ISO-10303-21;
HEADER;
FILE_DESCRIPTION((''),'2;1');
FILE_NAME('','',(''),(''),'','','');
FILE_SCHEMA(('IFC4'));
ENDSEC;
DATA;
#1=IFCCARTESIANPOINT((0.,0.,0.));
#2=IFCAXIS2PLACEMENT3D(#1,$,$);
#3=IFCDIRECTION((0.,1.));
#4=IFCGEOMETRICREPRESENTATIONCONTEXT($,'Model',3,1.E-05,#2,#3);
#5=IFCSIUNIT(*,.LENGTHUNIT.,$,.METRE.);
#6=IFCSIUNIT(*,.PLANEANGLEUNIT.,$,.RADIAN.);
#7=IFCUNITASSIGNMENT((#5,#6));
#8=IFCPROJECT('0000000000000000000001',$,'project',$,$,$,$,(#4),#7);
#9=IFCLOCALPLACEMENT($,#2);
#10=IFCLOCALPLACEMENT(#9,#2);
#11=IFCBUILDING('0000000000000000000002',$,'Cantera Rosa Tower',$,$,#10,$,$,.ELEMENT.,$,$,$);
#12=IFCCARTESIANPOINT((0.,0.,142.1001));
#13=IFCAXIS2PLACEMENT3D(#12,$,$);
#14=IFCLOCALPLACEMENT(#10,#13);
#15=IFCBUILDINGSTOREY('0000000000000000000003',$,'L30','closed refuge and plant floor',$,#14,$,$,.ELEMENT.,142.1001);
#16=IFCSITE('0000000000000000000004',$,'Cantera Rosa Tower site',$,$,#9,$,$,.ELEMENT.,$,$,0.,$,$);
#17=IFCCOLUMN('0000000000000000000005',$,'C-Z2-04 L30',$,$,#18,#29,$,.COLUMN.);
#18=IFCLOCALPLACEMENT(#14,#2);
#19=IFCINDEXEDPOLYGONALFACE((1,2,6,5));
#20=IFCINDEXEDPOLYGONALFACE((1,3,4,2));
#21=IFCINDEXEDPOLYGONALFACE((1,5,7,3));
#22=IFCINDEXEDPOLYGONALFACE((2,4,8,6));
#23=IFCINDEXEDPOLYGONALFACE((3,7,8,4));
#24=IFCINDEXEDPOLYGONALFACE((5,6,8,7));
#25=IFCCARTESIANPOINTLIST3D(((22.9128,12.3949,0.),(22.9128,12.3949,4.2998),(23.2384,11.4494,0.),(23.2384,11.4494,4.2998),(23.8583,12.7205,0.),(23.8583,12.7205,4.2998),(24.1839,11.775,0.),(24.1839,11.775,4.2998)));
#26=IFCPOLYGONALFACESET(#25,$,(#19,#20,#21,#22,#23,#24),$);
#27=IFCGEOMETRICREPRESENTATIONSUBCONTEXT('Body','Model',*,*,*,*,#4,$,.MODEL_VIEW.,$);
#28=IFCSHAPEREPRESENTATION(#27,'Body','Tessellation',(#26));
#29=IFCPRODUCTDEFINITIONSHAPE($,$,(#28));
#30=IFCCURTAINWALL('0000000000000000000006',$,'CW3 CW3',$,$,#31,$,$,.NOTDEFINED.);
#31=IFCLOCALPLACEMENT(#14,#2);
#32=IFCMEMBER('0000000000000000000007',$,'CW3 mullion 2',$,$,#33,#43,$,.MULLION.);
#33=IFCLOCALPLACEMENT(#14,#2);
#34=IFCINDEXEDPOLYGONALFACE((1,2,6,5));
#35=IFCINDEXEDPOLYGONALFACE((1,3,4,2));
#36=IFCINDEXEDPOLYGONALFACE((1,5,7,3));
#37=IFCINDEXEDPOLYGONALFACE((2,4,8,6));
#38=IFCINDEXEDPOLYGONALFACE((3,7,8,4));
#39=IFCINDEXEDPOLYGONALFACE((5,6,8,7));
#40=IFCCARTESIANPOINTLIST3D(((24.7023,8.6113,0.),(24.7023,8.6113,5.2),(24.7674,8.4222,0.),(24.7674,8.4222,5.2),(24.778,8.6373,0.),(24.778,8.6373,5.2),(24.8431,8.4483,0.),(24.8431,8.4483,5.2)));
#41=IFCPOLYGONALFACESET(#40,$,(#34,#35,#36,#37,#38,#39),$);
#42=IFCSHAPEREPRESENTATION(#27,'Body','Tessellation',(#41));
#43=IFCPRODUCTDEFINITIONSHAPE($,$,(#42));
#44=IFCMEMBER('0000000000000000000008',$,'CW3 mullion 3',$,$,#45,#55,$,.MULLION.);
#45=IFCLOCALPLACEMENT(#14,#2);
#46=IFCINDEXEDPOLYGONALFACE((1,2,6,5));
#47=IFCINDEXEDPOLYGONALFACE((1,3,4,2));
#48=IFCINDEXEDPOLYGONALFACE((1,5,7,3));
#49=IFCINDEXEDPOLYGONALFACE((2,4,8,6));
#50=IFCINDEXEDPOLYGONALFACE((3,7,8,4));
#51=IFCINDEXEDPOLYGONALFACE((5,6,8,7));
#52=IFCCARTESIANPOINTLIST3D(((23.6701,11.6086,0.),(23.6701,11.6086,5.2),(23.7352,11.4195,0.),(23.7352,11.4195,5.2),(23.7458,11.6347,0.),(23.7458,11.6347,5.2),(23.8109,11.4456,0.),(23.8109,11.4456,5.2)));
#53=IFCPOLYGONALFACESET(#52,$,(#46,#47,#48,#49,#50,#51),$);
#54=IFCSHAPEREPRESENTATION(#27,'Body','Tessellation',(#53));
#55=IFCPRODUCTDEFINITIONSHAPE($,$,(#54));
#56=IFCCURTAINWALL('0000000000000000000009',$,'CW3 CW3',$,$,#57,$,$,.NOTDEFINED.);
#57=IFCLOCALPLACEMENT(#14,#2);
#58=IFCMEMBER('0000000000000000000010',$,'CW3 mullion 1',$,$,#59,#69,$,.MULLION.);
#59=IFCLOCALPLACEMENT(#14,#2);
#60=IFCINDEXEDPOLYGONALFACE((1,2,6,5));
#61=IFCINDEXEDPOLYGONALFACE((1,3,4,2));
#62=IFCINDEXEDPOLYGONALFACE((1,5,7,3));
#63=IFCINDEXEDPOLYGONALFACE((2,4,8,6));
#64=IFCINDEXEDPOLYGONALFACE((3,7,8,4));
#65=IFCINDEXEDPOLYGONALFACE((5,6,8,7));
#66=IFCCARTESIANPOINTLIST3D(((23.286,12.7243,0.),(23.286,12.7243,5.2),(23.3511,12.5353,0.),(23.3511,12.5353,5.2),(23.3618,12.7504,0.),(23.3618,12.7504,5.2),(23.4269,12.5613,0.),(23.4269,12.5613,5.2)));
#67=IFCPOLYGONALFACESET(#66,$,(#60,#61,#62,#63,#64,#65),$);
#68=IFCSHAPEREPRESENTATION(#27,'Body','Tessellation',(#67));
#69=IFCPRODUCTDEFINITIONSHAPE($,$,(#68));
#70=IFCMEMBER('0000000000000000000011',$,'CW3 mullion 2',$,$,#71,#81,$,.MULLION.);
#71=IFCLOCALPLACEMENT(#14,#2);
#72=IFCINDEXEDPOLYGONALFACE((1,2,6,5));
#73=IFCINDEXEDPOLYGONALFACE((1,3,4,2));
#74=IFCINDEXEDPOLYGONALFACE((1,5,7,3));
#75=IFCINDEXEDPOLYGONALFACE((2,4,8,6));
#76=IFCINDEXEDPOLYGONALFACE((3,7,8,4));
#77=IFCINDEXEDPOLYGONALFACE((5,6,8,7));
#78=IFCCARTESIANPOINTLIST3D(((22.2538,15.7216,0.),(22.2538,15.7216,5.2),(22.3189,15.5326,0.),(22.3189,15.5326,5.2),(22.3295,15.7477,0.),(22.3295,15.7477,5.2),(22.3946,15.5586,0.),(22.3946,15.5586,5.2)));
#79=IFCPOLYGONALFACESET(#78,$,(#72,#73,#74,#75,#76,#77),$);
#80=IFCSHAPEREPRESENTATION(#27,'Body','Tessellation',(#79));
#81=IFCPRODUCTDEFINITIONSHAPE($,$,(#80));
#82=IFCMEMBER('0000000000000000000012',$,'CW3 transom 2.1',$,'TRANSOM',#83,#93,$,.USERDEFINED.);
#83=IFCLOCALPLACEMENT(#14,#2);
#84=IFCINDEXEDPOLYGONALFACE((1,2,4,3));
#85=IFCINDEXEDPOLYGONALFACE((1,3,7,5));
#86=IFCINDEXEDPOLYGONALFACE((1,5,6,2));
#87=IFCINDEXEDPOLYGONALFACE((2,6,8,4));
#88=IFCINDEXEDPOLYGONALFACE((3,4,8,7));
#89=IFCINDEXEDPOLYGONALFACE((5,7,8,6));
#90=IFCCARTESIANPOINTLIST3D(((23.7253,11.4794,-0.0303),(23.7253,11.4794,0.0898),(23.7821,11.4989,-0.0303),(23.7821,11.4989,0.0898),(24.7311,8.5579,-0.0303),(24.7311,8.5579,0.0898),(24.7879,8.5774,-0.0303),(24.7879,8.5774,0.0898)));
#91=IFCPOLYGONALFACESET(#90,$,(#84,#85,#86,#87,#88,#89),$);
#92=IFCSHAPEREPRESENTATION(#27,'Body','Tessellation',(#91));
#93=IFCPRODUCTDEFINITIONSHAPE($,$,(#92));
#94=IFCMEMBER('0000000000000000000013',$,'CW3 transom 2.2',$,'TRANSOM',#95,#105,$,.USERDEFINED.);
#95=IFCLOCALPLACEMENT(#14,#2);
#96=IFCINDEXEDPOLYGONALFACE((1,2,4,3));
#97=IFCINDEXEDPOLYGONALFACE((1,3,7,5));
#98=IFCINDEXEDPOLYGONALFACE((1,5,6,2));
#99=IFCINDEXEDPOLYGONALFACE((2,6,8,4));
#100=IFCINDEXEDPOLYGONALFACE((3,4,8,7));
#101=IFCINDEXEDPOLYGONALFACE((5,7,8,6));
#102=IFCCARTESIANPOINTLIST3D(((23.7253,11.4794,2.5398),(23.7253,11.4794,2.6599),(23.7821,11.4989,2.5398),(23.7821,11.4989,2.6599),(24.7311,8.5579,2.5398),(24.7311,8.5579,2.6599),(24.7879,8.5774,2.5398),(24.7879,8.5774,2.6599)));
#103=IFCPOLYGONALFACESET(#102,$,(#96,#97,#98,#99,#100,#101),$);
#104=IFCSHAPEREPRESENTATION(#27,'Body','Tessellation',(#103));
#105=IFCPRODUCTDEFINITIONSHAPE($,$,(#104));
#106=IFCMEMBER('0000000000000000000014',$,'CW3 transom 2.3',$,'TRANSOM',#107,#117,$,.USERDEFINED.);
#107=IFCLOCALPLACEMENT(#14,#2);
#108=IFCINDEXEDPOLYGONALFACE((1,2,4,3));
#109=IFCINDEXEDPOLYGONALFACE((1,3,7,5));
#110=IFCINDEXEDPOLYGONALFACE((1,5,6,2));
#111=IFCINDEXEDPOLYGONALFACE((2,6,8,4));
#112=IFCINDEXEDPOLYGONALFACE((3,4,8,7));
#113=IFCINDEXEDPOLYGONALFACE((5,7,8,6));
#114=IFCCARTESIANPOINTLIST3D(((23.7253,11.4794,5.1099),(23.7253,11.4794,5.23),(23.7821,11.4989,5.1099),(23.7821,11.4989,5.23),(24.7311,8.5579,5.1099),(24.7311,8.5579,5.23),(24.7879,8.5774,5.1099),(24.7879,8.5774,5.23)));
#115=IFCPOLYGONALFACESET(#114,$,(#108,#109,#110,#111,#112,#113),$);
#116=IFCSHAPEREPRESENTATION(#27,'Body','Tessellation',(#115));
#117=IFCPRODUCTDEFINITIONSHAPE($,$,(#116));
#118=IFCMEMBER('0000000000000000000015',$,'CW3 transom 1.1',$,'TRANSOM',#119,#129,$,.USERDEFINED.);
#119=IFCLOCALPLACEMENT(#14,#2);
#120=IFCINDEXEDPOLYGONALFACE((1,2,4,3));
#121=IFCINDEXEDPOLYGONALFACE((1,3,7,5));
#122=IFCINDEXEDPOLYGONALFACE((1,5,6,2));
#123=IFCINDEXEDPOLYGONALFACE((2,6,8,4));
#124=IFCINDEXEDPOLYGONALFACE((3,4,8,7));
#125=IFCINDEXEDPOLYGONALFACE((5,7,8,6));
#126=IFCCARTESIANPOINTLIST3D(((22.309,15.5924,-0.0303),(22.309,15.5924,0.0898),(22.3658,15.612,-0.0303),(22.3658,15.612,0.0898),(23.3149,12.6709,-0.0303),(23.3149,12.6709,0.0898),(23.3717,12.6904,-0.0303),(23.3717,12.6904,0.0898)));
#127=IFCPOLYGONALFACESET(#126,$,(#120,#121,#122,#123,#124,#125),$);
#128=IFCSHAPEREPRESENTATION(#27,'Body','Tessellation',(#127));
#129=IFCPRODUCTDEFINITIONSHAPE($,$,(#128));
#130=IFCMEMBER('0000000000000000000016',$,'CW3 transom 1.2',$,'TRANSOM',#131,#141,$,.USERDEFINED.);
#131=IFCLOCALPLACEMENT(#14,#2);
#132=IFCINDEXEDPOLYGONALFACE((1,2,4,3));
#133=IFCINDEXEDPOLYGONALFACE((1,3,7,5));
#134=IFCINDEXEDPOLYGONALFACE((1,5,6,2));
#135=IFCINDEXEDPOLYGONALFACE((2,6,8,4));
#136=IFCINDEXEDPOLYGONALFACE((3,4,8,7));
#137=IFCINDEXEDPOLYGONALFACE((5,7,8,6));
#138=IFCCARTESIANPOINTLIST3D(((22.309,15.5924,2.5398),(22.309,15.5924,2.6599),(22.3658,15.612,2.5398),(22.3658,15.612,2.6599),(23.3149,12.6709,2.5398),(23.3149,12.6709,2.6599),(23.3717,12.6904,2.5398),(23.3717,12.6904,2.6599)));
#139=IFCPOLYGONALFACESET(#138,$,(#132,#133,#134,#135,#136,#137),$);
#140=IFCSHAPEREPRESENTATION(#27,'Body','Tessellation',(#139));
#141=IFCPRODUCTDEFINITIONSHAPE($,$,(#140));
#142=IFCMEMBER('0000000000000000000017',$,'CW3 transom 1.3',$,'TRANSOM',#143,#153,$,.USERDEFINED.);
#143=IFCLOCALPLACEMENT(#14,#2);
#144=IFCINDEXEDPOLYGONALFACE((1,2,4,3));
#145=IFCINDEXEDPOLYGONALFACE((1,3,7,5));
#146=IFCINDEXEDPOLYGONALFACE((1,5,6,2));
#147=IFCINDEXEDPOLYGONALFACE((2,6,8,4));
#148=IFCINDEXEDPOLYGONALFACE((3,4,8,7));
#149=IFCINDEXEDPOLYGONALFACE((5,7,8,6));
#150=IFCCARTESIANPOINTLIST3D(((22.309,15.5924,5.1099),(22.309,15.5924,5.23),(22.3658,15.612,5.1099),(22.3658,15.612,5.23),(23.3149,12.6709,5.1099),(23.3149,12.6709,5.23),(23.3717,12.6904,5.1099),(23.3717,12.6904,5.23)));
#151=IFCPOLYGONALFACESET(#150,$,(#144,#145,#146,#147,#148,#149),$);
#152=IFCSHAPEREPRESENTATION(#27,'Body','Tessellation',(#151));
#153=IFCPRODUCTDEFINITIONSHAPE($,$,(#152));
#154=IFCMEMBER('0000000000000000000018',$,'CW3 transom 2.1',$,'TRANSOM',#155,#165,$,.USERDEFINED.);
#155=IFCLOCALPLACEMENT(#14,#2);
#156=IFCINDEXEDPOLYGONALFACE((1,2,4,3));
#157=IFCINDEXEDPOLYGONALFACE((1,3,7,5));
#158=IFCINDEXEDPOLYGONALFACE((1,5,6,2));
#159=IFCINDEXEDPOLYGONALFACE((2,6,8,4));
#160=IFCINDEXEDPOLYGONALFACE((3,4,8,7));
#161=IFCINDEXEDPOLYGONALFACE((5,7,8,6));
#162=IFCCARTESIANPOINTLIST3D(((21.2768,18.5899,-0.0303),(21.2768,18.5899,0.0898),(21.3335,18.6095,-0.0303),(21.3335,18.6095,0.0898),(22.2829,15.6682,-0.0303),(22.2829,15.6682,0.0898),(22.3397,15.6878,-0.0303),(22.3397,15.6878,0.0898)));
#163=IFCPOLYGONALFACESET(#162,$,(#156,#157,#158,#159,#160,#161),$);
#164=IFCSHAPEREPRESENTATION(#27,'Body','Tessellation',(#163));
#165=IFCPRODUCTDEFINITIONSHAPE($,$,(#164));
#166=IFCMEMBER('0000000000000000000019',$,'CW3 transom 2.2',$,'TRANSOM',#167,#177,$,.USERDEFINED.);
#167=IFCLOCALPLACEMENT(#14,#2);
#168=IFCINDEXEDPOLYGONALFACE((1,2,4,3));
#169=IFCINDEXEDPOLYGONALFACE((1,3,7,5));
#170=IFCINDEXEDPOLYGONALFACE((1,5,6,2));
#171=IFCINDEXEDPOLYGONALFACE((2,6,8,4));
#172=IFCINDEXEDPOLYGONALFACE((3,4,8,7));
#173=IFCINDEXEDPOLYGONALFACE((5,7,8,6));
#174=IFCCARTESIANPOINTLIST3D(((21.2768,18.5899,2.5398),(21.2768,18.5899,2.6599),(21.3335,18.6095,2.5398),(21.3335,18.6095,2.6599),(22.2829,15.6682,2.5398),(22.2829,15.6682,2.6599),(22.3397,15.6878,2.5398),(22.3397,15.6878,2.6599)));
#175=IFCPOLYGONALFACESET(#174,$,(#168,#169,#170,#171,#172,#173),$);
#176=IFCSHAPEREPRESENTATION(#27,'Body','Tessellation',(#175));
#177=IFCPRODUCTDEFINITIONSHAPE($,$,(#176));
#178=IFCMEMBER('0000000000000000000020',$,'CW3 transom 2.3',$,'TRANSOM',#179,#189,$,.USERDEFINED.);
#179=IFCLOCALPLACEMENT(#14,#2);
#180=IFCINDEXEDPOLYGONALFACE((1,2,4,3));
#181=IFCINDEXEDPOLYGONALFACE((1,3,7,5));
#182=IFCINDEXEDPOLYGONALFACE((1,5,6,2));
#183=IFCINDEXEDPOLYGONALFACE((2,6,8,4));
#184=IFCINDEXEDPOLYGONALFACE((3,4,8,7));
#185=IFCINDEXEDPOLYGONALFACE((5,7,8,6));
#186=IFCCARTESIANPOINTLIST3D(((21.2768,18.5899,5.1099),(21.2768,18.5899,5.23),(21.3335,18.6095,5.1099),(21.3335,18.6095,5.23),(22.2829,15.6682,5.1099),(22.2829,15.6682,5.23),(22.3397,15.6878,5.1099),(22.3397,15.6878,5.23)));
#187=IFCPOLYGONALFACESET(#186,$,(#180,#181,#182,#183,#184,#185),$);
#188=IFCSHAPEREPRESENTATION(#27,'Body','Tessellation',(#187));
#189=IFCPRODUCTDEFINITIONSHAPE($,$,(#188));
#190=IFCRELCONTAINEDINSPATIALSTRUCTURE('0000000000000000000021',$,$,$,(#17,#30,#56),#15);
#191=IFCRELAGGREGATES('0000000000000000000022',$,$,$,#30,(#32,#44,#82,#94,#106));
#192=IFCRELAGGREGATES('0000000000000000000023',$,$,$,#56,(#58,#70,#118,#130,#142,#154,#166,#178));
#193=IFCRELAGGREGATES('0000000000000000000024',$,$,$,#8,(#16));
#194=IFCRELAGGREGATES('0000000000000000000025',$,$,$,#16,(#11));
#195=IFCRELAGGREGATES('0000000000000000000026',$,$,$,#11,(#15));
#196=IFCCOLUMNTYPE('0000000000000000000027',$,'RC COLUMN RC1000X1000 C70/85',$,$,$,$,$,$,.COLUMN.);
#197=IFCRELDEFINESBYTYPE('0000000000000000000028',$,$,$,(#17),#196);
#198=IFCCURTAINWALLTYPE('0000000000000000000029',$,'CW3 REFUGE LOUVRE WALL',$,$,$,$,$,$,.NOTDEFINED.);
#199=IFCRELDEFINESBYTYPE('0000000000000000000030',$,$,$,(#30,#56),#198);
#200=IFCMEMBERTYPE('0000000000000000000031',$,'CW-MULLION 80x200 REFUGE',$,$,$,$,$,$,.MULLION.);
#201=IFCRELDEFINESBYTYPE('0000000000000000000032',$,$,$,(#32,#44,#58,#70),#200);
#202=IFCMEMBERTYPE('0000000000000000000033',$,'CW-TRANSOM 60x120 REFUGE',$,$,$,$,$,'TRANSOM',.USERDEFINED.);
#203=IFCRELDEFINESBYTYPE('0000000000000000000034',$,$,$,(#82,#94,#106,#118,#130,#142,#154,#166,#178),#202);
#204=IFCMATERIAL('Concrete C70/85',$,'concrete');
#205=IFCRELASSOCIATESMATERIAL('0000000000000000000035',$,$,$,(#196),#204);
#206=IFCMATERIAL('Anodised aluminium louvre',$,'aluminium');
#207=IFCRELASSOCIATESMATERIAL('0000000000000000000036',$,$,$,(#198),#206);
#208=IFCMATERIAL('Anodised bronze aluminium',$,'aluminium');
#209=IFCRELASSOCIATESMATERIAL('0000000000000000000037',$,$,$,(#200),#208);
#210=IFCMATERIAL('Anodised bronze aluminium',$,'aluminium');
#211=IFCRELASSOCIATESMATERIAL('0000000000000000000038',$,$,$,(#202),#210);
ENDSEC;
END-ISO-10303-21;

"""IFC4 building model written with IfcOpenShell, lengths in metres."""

from ifc_helpers import new_model, si_unit, direction, frame, origin, origin_2d, place, context, subcontext, project, spatial, rectangle, extrude, material, material_profile, profile_set, type_object, element, aggregate, save


model = new_model("IFC4")

# Units and contexts
model_context = context("Model", 3, precision=1e-05, world=origin(), true_north=direction((0.0, 1.0)))
body_context = subcontext(model_context, "Body", "Model", "MODEL_VIEW")
ifc_project = project(units=[si_unit("LENGTHUNIT", "METRE"), si_unit("PLANEANGLEUNIT", "RADIAN")], contexts=[model_context])

# Site, building, storey
site_placement = place(None, origin())
site = spatial("IfcSite", under=ifc_project, at=site_placement, Name="Cantera Rosa Tower site", CompositionType="ELEMENT", RefElevation=0.0)
building_placement = place(site_placement, origin())
building = spatial("IfcBuilding", under=site, at=building_placement, Name="Cantera Rosa Tower", CompositionType="ELEMENT")
storey_placement = place(building_placement, frame((0.0, 0.0, 142.1001)))
storey = spatial("IfcBuildingStorey", under=building, at=storey_placement, Name="L30", Description="closed refuge and plant floor", CompositionType="ELEMENT", Elevation=142.1001)

# Column
ifc_material_1 = material(Name="Concrete C70/85", Category="concrete")
ifc_material_profile_1 = material_profile(ifc_material_1, rectangle(XDim=1.0, YDim=1.0, at=origin_2d()), Name="RC COLUMN RC1000X1000 C70/85")
ifc_profile_set_1 = profile_set([ifc_material_profile_1], Name="Concrete C70/85")
column_type = type_object("IfcColumnType", Name="RC COLUMN RC1000X1000 C70/85", PredefinedType="COLUMN", material=ifc_profile_set_1)
column_placement = place(storey_placement, frame((23.5483, 12.085, 0.0), z_axis=(0.0, 0.0, 1.0), x_axis=(0.945519, 0.325568, 0.0)))
element("IfcColumn", 1, at=column_placement, inside=storey, type_object=column_type, Name="C-Z2-04 L30", PredefinedType="COLUMN", context=body_context, shape_type="SweptSolid", body=[
    extrude(rectangle(XDim=1.0, YDim=1.0, at=origin_2d()), origin(), (0.0, 0.0, 1.0), 4.2998),
])

# Curtain walls, members
ifc_material_2 = material(Name="Anodised aluminium louvre", Category="aluminium")
curtain_wall_type = type_object("IfcCurtainWallType", Name="CW3 REFUGE LOUVRE WALL", PredefinedType="NOTDEFINED", material=ifc_material_2)
curtain_wall_1_placement = place(storey_placement, origin())
curtain_wall_1 = element("IfcCurtainWall", 2, at=curtain_wall_1_placement, inside=storey, type_object=curtain_wall_type, Name="CW3 CW3", PredefinedType="NOTDEFINED")
ifc_material_3 = material(Name="Anodised bronze aluminium", Category="aluminium")
ifc_material_profile_2 = material_profile(ifc_material_3, rectangle(XDim=0.0801, YDim=0.2, at=origin_2d()), Name="CW-MULLION 80x200 REFUGE")
ifc_profile_set_2 = profile_set([ifc_material_profile_2], Name="Anodised bronze aluminium")
member_type_1 = type_object("IfcMemberType", Name="CW-MULLION 80x200 REFUGE", PredefinedType="MULLION", material=ifc_profile_set_2)
member_1_placement = place(storey_placement, frame((24.7727, 8.5298, 0.0), z_axis=(0.0, 0.0, 1.0), x_axis=(-0.945519, -0.325568, 0.0)))
member_1 = element("IfcMember", 3, at=member_1_placement, type_object=member_type_1, Name="CW3 mullion 2", PredefinedType="MULLION", context=body_context, shape_type="SweptSolid", body=[
    extrude(rectangle(XDim=0.0801, YDim=0.2, at=origin_2d()), origin(), (0.0, 0.0, 1.0), 5.2),
])
member_2_placement = place(storey_placement, frame((23.7405, 11.5271, 0.0), z_axis=(0.0, 0.0, 1.0), x_axis=(-0.945519, -0.325568, 0.0)))
member_2 = element("IfcMember", 4, at=member_2_placement, type_object=member_type_1, Name="CW3 mullion 3", PredefinedType="MULLION", context=body_context, shape_type="SweptSolid", body=[
    extrude(rectangle(XDim=0.0801, YDim=0.2, at=origin_2d()), origin(), (0.0, 0.0, 1.0), 5.2),
])
curtain_wall_2_placement = place(storey_placement, origin())
curtain_wall_2 = element("IfcCurtainWall", 5, at=curtain_wall_2_placement, inside=storey, type_object=curtain_wall_type, Name="CW3 CW3", PredefinedType="NOTDEFINED")
member_3_placement = place(storey_placement, frame((23.3564, 12.6428, 0.0), z_axis=(0.0, 0.0, 1.0), x_axis=(-0.945519, -0.325568, 0.0)))
member_3 = element("IfcMember", 6, at=member_3_placement, type_object=member_type_1, Name="CW3 mullion 1", PredefinedType="MULLION", context=body_context, shape_type="SweptSolid", body=[
    extrude(rectangle(XDim=0.0801, YDim=0.2, at=origin_2d()), origin(), (0.0, 0.0, 1.0), 5.2),
])
member_4_placement = place(storey_placement, frame((22.3242, 15.6401, 0.0), z_axis=(0.0, 0.0, 1.0), x_axis=(-0.945519, -0.325568, 0.0)))
member_4 = element("IfcMember", 7, at=member_4_placement, type_object=member_type_1, Name="CW3 mullion 2", PredefinedType="MULLION", context=body_context, shape_type="SweptSolid", body=[
    extrude(rectangle(XDim=0.0801, YDim=0.2, at=origin_2d()), origin(), (0.0, 0.0, 1.0), 5.2),
])

# Members
ifc_material_4 = material(Name="Anodised bronze aluminium", Category="aluminium")
ifc_material_profile_3 = material_profile(ifc_material_4, rectangle(XDim=0.0601, YDim=0.1201, at=origin_2d()), Name="CW-TRANSOM 60x120 REFUGE")
ifc_profile_set_3 = profile_set([ifc_material_profile_3], Name="Anodised bronze aluminium")
member_type_2 = type_object("IfcMemberType", Name="CW-TRANSOM 60x120 REFUGE", ElementType="TRANSOM", PredefinedType="USERDEFINED", material=ifc_profile_set_3)
member_5_placement = place(storey_placement, frame((24.7595, 8.5676, 0.0298), z_axis=(-0.325528, 0.945532, 0.0), x_axis=(-0.945532, -0.325528, 0.0)))
member_5 = element("IfcMember", 8, at=member_5_placement, type_object=member_type_2, Name="CW3 transom 2.1", ObjectType="TRANSOM", PredefinedType="USERDEFINED", context=body_context, shape_type="SweptSolid", body=[
    extrude(rectangle(XDim=0.0601, YDim=0.1201, at=origin_2d()), origin(), (0.0, 0.0, 1.0), 3.0898),
])
member_6_placement = place(storey_placement, frame((24.7595, 8.5676, 2.5999), z_axis=(-0.325528, 0.945532, 0.0), x_axis=(-0.945532, -0.325528, 0.0)))
member_6 = element("IfcMember", 9, at=member_6_placement, type_object=member_type_2, Name="CW3 transom 2.2", ObjectType="TRANSOM", PredefinedType="USERDEFINED", context=body_context, shape_type="SweptSolid", body=[
    extrude(rectangle(XDim=0.0601, YDim=0.1201, at=origin_2d()), origin(), (0.0, 0.0, 1.0), 3.0898),
])
member_7_placement = place(storey_placement, frame((24.7595, 8.5676, 5.1699), z_axis=(-0.325528, 0.945532, 0.0), x_axis=(-0.945532, -0.325528, 0.0)))
member_7 = element("IfcMember", 10, at=member_7_placement, type_object=member_type_2, Name="CW3 transom 2.3", ObjectType="TRANSOM", PredefinedType="USERDEFINED", context=body_context, shape_type="SweptSolid", body=[
    extrude(rectangle(XDim=0.0601, YDim=0.1201, at=origin_2d()), origin(), (0.0, 0.0, 1.0), 3.0898),
])
member_8_placement = place(storey_placement, frame((23.3433, 12.6807, 0.0298), z_axis=(-0.325528, 0.945532, 0.0), x_axis=(-0.945532, -0.325528, 0.0)))
member_8 = element("IfcMember", 11, at=member_8_placement, type_object=member_type_2, Name="CW3 transom 1.1", ObjectType="TRANSOM", PredefinedType="USERDEFINED", context=body_context, shape_type="SweptSolid", body=[
    extrude(rectangle(XDim=0.0601, YDim=0.1201, at=origin_2d()), origin(), (0.0, 0.0, 1.0), 3.0898),
])
member_9_placement = place(storey_placement, frame((23.3433, 12.6807, 2.5999), z_axis=(-0.325528, 0.945532, 0.0), x_axis=(-0.945532, -0.325528, 0.0)))
member_9 = element("IfcMember", 12, at=member_9_placement, type_object=member_type_2, Name="CW3 transom 1.2", ObjectType="TRANSOM", PredefinedType="USERDEFINED", context=body_context, shape_type="SweptSolid", body=[
    extrude(rectangle(XDim=0.0601, YDim=0.1201, at=origin_2d()), origin(), (0.0, 0.0, 1.0), 3.0898),
])
member_10_placement = place(storey_placement, frame((23.3433, 12.6807, 5.1699), z_axis=(-0.325528, 0.945532, 0.0), x_axis=(-0.945532, -0.325528, 0.0)))
member_10 = element("IfcMember", 13, at=member_10_placement, type_object=member_type_2, Name="CW3 transom 1.3", ObjectType="TRANSOM", PredefinedType="USERDEFINED", context=body_context, shape_type="SweptSolid", body=[
    extrude(rectangle(XDim=0.0601, YDim=0.1201, at=origin_2d()), origin(), (0.0, 0.0, 1.0), 3.0898),
])
member_11_placement = place(storey_placement, frame((22.3113, 15.678, 0.0298), z_axis=(-0.325599, 0.945508, 0.0), x_axis=(-0.945508, -0.325599, 0.0)))
member_11 = element("IfcMember", 14, at=member_11_placement, type_object=member_type_2, Name="CW3 transom 2.1", ObjectType="TRANSOM", PredefinedType="USERDEFINED", context=body_context, shape_type="SweptSolid", body=[
    extrude(rectangle(XDim=0.0601, YDim=0.1201, at=origin_2d()), origin(), (0.0, 0.0, 1.0), 3.0901),
])
member_12_placement = place(storey_placement, frame((22.3113, 15.678, 2.5999), z_axis=(-0.325599, 0.945508, 0.0), x_axis=(-0.945508, -0.325599, 0.0)))
member_12 = element("IfcMember", 15, at=member_12_placement, type_object=member_type_2, Name="CW3 transom 2.2", ObjectType="TRANSOM", PredefinedType="USERDEFINED", context=body_context, shape_type="SweptSolid", body=[
    extrude(rectangle(XDim=0.0601, YDim=0.1201, at=origin_2d()), origin(), (0.0, 0.0, 1.0), 3.0901),
])
member_13_placement = place(storey_placement, frame((22.3113, 15.678, 5.1699), z_axis=(-0.325599, 0.945508, 0.0), x_axis=(-0.945508, -0.325599, 0.0)))
member_13 = element("IfcMember", 16, at=member_13_placement, type_object=member_type_2, Name="CW3 transom 2.3", ObjectType="TRANSOM", PredefinedType="USERDEFINED", context=body_context, shape_type="SweptSolid", body=[
    extrude(rectangle(XDim=0.0601, YDim=0.1201, at=origin_2d()), origin(), (0.0, 0.0, 1.0), 3.0901),
])

aggregate(curtain_wall_1, [member_1, member_2, member_5, member_6, member_7])
aggregate(curtain_wall_2, [member_3, member_4, member_8, member_9, member_10, member_11, member_12, member_13])

save(model, "model.ifc")
